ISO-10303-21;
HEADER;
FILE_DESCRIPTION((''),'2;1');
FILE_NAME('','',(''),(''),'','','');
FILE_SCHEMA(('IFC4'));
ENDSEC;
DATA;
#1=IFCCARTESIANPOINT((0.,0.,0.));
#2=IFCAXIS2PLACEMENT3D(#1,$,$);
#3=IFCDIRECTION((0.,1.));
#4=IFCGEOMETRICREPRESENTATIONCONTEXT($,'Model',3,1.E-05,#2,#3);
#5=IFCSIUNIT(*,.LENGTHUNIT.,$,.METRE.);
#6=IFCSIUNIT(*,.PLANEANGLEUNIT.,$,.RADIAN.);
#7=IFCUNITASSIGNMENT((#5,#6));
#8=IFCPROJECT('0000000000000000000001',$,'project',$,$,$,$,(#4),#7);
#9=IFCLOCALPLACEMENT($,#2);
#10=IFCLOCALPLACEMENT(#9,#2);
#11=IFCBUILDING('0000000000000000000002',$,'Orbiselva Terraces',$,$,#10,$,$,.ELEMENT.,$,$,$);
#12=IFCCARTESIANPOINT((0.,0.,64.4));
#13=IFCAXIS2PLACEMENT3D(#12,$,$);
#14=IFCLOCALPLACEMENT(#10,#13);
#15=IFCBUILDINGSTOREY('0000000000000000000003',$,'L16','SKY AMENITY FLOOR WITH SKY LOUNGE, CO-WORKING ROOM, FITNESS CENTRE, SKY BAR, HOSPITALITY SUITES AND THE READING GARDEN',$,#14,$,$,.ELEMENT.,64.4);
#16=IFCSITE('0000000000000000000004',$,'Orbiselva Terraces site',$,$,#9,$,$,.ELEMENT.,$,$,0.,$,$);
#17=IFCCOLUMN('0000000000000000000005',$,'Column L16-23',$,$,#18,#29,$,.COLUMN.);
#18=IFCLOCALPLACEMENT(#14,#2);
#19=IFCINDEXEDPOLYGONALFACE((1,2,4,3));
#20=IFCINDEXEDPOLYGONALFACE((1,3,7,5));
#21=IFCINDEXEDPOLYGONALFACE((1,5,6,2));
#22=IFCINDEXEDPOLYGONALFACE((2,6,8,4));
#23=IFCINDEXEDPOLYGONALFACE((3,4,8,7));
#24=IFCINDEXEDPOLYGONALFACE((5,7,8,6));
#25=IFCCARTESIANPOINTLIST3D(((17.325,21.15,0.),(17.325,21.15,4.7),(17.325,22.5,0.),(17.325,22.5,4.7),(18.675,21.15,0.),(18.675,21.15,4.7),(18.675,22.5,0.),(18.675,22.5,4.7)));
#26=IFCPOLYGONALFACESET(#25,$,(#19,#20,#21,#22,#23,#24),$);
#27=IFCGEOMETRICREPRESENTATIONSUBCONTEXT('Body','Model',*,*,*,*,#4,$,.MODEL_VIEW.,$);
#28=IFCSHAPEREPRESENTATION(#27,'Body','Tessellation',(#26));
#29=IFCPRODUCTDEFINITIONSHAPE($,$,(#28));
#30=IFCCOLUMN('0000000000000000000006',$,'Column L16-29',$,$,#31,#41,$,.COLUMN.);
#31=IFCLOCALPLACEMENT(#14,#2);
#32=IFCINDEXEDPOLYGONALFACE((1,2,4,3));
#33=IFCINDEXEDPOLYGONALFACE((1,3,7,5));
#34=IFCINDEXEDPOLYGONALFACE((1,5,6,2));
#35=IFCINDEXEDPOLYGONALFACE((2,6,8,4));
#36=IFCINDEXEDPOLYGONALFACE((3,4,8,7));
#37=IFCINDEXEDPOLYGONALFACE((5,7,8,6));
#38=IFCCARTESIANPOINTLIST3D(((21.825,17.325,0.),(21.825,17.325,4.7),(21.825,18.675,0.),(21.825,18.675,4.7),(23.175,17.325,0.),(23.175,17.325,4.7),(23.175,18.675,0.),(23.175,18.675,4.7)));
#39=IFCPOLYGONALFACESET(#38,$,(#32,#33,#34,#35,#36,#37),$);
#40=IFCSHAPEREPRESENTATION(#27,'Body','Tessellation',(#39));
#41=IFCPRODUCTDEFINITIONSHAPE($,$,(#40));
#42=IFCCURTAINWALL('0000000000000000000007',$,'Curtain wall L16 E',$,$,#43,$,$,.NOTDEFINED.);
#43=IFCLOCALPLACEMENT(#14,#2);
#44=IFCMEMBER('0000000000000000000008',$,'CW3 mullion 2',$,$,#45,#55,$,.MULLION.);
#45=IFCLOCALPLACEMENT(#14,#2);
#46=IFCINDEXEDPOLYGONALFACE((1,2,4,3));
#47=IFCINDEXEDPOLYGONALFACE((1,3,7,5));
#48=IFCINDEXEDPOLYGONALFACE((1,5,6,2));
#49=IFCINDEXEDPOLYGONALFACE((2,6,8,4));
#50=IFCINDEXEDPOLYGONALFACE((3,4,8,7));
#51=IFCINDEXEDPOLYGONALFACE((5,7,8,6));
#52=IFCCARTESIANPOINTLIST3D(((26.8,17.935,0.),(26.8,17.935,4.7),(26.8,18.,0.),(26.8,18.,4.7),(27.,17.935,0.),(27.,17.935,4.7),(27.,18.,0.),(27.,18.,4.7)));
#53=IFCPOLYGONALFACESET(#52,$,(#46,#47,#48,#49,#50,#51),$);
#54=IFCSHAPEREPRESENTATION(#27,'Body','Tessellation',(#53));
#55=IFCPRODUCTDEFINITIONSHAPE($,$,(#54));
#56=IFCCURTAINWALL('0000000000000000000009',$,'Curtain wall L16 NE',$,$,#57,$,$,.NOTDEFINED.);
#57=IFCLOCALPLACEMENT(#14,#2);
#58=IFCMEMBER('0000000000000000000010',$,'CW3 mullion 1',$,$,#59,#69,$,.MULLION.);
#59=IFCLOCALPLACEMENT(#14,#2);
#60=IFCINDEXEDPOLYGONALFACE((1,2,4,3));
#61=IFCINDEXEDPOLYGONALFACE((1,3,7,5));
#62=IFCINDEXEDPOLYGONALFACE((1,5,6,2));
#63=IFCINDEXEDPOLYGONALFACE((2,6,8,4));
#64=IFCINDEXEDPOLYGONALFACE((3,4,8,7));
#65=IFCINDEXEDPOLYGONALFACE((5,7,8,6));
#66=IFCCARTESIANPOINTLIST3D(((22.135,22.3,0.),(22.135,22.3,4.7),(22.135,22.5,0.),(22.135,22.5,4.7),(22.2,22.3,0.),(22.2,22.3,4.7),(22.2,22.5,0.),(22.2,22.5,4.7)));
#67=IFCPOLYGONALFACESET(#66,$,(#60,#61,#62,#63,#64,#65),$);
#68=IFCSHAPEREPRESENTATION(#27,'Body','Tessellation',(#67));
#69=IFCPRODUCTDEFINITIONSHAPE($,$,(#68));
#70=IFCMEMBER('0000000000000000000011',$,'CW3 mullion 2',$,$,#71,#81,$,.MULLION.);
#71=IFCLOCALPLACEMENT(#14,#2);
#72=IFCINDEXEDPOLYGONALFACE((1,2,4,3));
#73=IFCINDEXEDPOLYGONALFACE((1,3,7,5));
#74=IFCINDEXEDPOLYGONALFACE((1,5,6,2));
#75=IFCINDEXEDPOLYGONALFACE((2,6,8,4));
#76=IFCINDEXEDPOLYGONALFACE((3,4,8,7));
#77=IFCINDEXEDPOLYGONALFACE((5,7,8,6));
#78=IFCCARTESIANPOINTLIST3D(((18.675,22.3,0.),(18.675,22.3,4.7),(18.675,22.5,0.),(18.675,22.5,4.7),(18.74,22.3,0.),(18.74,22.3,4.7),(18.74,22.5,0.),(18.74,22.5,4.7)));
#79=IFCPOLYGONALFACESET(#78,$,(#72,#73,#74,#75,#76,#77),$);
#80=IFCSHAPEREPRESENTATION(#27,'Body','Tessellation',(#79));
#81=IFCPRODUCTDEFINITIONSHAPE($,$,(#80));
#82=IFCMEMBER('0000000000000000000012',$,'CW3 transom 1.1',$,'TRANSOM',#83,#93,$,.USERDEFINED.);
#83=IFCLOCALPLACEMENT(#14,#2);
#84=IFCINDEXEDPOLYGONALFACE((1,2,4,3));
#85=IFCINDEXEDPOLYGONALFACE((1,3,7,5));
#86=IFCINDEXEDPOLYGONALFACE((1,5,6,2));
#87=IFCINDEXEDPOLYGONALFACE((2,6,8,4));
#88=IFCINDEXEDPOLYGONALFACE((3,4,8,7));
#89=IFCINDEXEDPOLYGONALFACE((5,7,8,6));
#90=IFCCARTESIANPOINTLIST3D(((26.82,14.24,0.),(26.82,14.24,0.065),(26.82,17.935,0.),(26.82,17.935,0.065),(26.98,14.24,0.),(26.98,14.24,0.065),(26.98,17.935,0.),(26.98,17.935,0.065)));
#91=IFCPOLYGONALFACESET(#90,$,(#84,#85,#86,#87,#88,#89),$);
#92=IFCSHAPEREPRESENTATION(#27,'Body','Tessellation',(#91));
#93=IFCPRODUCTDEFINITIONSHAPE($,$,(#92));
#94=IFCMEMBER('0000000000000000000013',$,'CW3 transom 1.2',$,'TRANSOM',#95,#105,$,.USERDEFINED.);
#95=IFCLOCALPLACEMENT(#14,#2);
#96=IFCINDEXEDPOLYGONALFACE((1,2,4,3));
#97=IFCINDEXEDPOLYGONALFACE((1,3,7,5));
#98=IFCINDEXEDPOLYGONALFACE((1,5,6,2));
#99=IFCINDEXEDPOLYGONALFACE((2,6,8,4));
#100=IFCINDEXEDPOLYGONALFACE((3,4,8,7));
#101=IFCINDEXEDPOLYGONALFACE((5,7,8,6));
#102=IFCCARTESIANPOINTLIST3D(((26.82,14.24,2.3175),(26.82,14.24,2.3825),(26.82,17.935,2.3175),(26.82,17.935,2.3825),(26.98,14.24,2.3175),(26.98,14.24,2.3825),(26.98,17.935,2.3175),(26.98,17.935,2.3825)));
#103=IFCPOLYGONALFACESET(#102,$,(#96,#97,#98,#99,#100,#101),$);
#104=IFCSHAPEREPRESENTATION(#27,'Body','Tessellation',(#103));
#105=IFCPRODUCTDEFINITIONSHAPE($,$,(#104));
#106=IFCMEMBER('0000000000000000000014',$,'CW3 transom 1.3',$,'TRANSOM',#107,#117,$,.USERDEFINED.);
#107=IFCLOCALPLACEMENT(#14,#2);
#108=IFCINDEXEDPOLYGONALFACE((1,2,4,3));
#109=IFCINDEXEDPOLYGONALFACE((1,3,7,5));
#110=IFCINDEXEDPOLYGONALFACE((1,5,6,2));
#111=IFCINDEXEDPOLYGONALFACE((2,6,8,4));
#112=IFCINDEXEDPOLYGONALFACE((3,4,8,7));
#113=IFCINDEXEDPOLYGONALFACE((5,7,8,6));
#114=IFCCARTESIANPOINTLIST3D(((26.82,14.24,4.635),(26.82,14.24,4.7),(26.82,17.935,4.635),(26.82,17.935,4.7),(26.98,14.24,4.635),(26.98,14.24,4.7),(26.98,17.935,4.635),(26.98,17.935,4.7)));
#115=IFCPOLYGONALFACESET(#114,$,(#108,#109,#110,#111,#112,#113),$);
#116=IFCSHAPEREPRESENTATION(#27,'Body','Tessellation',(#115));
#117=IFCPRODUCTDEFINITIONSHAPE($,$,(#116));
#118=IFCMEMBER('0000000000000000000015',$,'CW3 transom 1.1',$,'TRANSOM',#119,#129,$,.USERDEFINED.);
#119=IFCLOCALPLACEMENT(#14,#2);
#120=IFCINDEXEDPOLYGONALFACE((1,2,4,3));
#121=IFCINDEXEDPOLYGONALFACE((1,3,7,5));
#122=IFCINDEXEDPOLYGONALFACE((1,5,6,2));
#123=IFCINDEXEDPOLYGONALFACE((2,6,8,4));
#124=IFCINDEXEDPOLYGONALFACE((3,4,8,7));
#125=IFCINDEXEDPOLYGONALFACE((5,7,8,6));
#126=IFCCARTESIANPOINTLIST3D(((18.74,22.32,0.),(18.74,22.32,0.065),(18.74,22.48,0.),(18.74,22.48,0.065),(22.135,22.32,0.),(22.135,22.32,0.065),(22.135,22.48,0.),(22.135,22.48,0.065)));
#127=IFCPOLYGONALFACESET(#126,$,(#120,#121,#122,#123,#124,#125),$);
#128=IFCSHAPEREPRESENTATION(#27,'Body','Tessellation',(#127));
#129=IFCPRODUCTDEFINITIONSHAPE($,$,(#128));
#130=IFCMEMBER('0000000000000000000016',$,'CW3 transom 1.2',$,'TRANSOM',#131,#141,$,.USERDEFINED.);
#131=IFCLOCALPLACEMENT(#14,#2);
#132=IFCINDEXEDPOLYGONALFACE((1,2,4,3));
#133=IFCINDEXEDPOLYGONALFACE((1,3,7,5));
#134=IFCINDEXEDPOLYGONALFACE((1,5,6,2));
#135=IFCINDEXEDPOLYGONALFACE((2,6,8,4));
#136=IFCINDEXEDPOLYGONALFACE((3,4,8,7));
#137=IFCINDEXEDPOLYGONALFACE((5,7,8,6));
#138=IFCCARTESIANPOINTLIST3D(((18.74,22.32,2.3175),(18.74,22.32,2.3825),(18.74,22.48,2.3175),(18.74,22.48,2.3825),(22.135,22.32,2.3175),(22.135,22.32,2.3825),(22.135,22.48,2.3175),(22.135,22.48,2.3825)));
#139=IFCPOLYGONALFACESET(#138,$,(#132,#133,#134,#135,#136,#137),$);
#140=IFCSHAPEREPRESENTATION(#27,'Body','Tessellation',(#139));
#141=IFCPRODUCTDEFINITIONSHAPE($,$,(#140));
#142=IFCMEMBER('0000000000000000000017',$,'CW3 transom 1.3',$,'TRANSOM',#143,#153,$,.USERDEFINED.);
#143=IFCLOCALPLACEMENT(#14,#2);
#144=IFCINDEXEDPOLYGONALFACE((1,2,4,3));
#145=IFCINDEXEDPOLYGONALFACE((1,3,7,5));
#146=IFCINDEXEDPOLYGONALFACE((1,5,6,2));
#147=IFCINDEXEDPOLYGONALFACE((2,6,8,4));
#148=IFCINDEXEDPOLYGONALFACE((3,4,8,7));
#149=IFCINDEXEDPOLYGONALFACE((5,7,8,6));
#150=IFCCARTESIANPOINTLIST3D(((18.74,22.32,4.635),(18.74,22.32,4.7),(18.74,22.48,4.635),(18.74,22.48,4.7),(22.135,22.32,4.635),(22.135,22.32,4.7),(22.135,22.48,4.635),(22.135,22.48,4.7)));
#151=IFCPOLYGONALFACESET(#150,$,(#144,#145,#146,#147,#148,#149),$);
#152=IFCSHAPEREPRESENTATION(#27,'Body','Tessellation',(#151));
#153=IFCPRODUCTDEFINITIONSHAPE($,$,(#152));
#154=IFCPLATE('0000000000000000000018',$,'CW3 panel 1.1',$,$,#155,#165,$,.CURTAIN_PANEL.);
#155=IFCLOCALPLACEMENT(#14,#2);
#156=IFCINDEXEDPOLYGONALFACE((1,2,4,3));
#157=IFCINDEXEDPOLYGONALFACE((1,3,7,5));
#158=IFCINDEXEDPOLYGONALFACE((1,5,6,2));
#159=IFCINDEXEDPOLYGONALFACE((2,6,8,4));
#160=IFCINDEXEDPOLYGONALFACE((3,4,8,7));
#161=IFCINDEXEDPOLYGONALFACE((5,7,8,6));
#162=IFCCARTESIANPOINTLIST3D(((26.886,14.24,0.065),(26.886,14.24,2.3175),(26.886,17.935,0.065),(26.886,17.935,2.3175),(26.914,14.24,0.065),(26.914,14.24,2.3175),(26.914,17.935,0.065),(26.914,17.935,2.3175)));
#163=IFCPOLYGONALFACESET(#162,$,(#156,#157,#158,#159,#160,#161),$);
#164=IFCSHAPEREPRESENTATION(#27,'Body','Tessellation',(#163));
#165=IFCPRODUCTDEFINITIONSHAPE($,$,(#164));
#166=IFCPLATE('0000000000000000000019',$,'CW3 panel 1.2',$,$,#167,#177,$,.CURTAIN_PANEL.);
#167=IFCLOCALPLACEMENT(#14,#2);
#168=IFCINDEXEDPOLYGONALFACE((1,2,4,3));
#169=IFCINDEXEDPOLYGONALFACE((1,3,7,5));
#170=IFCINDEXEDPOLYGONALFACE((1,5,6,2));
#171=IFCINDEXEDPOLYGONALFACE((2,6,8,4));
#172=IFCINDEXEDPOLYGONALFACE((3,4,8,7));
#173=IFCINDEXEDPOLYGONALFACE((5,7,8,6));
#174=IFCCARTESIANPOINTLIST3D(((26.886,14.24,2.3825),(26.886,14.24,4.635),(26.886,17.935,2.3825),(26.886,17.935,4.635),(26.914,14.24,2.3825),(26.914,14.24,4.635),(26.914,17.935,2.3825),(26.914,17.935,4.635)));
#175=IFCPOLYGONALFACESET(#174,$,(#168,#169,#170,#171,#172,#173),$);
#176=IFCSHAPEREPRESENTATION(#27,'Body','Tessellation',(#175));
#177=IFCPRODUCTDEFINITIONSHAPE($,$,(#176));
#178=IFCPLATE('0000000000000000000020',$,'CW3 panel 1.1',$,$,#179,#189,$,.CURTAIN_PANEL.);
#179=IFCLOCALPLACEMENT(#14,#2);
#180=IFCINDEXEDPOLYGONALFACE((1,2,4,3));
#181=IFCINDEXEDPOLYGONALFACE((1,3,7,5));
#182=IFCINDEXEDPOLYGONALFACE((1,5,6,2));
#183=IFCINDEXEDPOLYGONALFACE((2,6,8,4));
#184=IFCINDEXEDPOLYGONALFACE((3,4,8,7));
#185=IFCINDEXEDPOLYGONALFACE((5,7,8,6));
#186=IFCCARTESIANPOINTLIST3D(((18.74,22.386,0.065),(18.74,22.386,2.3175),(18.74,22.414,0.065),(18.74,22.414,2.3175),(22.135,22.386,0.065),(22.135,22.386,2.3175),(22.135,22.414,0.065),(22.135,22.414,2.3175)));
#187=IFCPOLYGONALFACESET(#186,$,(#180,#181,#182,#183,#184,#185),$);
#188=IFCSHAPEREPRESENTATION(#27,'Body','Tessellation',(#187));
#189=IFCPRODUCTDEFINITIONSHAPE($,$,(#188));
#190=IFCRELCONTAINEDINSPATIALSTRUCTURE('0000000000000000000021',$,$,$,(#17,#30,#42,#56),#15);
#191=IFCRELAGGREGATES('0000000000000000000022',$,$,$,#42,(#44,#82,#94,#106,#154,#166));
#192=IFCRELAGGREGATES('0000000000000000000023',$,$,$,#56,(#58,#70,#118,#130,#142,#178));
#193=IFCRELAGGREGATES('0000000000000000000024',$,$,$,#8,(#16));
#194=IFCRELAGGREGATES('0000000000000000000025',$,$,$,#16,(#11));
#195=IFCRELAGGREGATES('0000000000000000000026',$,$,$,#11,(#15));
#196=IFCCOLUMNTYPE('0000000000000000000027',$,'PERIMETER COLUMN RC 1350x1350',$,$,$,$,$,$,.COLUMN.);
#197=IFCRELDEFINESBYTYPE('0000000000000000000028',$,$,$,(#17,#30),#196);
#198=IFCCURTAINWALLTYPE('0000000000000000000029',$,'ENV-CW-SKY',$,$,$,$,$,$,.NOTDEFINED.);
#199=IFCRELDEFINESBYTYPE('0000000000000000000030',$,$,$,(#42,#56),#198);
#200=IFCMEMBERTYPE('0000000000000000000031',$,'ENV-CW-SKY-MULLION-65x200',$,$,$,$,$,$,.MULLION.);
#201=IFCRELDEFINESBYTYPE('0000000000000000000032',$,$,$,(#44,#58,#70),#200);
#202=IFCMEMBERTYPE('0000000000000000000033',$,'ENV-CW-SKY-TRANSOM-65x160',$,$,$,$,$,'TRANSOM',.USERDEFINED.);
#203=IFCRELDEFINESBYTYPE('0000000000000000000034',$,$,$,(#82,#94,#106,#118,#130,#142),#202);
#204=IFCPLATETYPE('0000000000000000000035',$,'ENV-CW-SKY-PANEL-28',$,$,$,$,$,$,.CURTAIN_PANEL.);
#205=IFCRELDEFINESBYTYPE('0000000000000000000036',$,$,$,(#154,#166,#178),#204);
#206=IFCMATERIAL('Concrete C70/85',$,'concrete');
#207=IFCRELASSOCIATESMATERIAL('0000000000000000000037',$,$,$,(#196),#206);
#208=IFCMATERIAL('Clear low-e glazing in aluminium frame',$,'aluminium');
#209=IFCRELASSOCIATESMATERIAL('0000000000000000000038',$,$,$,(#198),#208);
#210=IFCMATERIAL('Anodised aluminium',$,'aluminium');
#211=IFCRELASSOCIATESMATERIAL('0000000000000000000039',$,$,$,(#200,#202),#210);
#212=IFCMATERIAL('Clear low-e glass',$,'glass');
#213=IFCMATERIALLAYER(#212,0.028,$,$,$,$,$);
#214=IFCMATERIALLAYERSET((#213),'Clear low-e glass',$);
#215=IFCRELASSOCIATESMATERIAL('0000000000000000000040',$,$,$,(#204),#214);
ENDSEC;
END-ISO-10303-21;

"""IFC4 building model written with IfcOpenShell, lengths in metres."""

from ifc_helpers import new_model, si_unit, direction, frame, origin, origin_2d, place, context, subcontext, project, spatial, rectangle, extrude, material, layer, layer_set, material_profile, profile_set, type_object, element, aggregate, save


model = new_model("IFC4")

# Units and contexts
model_context = context("Model", 3, precision=1e-05, world=origin(), true_north=direction((0.0, 1.0)))
body_context = subcontext(model_context, "Body", "Model", "MODEL_VIEW")
ifc_project = project(units=[si_unit("LENGTHUNIT", "METRE"), si_unit("PLANEANGLEUNIT", "RADIAN")], contexts=[model_context])

# Site, building, storey
site_placement = place(None, origin())
site = spatial("IfcSite", under=ifc_project, at=site_placement, Name="Orbiselva Terraces site", CompositionType="ELEMENT", RefElevation=0.0)
building_placement = place(site_placement, origin())
building = spatial("IfcBuilding", under=site, at=building_placement, Name="Orbiselva Terraces", CompositionType="ELEMENT")
storey_placement = place(building_placement, frame((0.0, 0.0, 64.4)))
storey = spatial("IfcBuildingStorey", under=building, at=storey_placement, Name="L16", Description="SKY AMENITY FLOOR WITH SKY LOUNGE, CO-WORKING ROOM, FITNESS CENTRE, SKY BAR, HOSPITALITY SUITES AND THE READING GARDEN", CompositionType="ELEMENT", Elevation=64.4)

# Columns
ifc_material_1 = material(Name="Concrete C70/85", Category="concrete")
ifc_material_profile_1 = material_profile(ifc_material_1, rectangle(XDim=1.35, YDim=1.35, at=origin_2d()), Name="RC 1350x1350")
ifc_profile_set_1 = profile_set([ifc_material_profile_1], Name="Concrete C70/85")
column_type = type_object("IfcColumnType", Name="PERIMETER COLUMN RC 1350x1350", PredefinedType="COLUMN", material=ifc_profile_set_1)
for number, where, z_axis, x_axis, name in (
    (1, (18.0, 21.825, 0.0), (0.0, 0.0, 1.0), (1.0, 0.0, 0.0), "Column L16-23"),
    (2, (22.5, 18.0, 0.0), (0.0, 0.0, 1.0), (1.0, 0.0, 0.0), "Column L16-29"),
):
    element("IfcColumn", number, at=place(storey_placement, frame(where, z_axis=z_axis, x_axis=x_axis)), inside=storey, type_object=column_type, Name=name, PredefinedType="COLUMN", context=body_context, shape_type="SweptSolid", body=[
        extrude(rectangle(XDim=1.35, YDim=1.35, at=origin_2d()), origin(), (0.0, 0.0, 1.0), 4.7),
    ])

# Curtain wall, member
ifc_material_2 = material(Name="Clear low-e glazing in aluminium frame", Category="aluminium")
curtain_wall_type = type_object("IfcCurtainWallType", Name="ENV-CW-SKY", PredefinedType="NOTDEFINED", material=ifc_material_2)
curtain_wall_1_placement = place(storey_placement, origin())
curtain_wall_1 = element("IfcCurtainWall", 3, at=curtain_wall_1_placement, inside=storey, type_object=curtain_wall_type, Name="Curtain wall L16 E", PredefinedType="NOTDEFINED")
ifc_material_3 = material(Name="Anodised aluminium", Category="aluminium")
ifc_material_profile_2 = material_profile(ifc_material_3, rectangle(XDim=0.2, YDim=0.065, at=origin_2d()), Name="AL 65x200")
ifc_profile_set_2 = profile_set([ifc_material_profile_2], Name="Anodised aluminium")
member_type_1 = type_object("IfcMemberType", Name="ENV-CW-SKY-MULLION-65x200", PredefinedType="MULLION", material=ifc_profile_set_2)
member_1_placement = place(storey_placement, frame((26.9, 17.9675, 0.0), z_axis=(0.0, 0.0, 1.0), x_axis=(-1.0, 0.0, 0.0)))
member_1 = element("IfcMember", 4, at=member_1_placement, type_object=member_type_1, Name="CW3 mullion 2", PredefinedType="MULLION", context=body_context, shape_type="SweptSolid", body=[
    extrude(rectangle(XDim=0.2, YDim=0.065, at=origin_2d()), origin(), (0.0, 0.0, 1.0), 4.7),
])

# Curtain wall, members
curtain_wall_2_placement = place(storey_placement, origin())
curtain_wall_2 = element("IfcCurtainWall", 5, at=curtain_wall_2_placement, inside=storey, type_object=curtain_wall_type, Name="Curtain wall L16 NE", PredefinedType="NOTDEFINED")
member_2_placement = place(storey_placement, frame((22.1675, 22.4, 0.0), z_axis=(0.0, 0.0, 1.0), x_axis=(0.0, -1.0, 0.0)))
member_2 = element("IfcMember", 6, at=member_2_placement, type_object=member_type_1, Name="CW3 mullion 1", PredefinedType="MULLION", context=body_context, shape_type="SweptSolid", body=[
    extrude(rectangle(XDim=0.2, YDim=0.065, at=origin_2d()), origin(), (0.0, 0.0, 1.0), 4.7),
])
member_3_placement = place(storey_placement, frame((18.7075, 22.4, 0.0), z_axis=(0.0, 0.0, 1.0), x_axis=(0.0, -1.0, 0.0)))
member_3 = element("IfcMember", 7, at=member_3_placement, type_object=member_type_1, Name="CW3 mullion 2", PredefinedType="MULLION", context=body_context, shape_type="SweptSolid", body=[
    extrude(rectangle(XDim=0.2, YDim=0.065, at=origin_2d()), origin(), (0.0, 0.0, 1.0), 4.7),
])

# Members
ifc_material_profile_3 = material_profile(ifc_material_3, rectangle(XDim=0.16, YDim=0.065, at=origin_2d()), Name="AL 65x160")
ifc_profile_set_3 = profile_set([ifc_material_profile_3], Name="Anodised aluminium")
member_type_2 = type_object("IfcMemberType", Name="ENV-CW-SKY-TRANSOM-65x160", ElementType="TRANSOM", PredefinedType="USERDEFINED", material=ifc_profile_set_3)
member_4_placement = place(storey_placement, frame((26.9, 14.24, 0.0325), z_axis=(0.0, 1.0, 0.0), x_axis=(-1.0, 0.0, 0.0)))
member_4 = element("IfcMember", 8, at=member_4_placement, type_object=member_type_2, Name="CW3 transom 1.1", ObjectType="TRANSOM", PredefinedType="USERDEFINED", context=body_context, shape_type="SweptSolid", body=[
    extrude(rectangle(XDim=0.16, YDim=0.065, at=origin_2d()), origin(), (0.0, 0.0, 1.0), 3.695),
])
member_5_placement = place(storey_placement, frame((26.9, 14.24, 2.35), z_axis=(0.0, 1.0, 0.0), x_axis=(-1.0, 0.0, 0.0)))
member_5 = element("IfcMember", 9, at=member_5_placement, type_object=member_type_2, Name="CW3 transom 1.2", ObjectType="TRANSOM", PredefinedType="USERDEFINED", context=body_context, shape_type="SweptSolid", body=[
    extrude(rectangle(XDim=0.16, YDim=0.065, at=origin_2d()), origin(), (0.0, 0.0, 1.0), 3.695),
])
member_6_placement = place(storey_placement, frame((26.9, 14.24, 4.6675), z_axis=(0.0, 1.0, 0.0), x_axis=(-1.0, 0.0, 0.0)))
member_6 = element("IfcMember", 10, at=member_6_placement, type_object=member_type_2, Name="CW3 transom 1.3", ObjectType="TRANSOM", PredefinedType="USERDEFINED", context=body_context, shape_type="SweptSolid", body=[
    extrude(rectangle(XDim=0.16, YDim=0.065, at=origin_2d()), origin(), (0.0, 0.0, 1.0), 3.695),
])
member_7_placement = place(storey_placement, frame((22.135, 22.4, 0.0325), z_axis=(-1.0, 0.0, 0.0), x_axis=(0.0, -1.0, 0.0)))
member_7 = element("IfcMember", 11, at=member_7_placement, type_object=member_type_2, Name="CW3 transom 1.1", ObjectType="TRANSOM", PredefinedType="USERDEFINED", context=body_context, shape_type="SweptSolid", body=[
    extrude(rectangle(XDim=0.16, YDim=0.065, at=origin_2d()), origin(), (0.0, 0.0, 1.0), 3.395),
])
member_8_placement = place(storey_placement, frame((22.135, 22.4, 2.35), z_axis=(-1.0, 0.0, 0.0), x_axis=(0.0, -1.0, 0.0)))
member_8 = element("IfcMember", 12, at=member_8_placement, type_object=member_type_2, Name="CW3 transom 1.2", ObjectType="TRANSOM", PredefinedType="USERDEFINED", context=body_context, shape_type="SweptSolid", body=[
    extrude(rectangle(XDim=0.16, YDim=0.065, at=origin_2d()), origin(), (0.0, 0.0, 1.0), 3.395),
])
member_9_placement = place(storey_placement, frame((22.135, 22.4, 4.6675), z_axis=(-1.0, 0.0, 0.0), x_axis=(0.0, -1.0, 0.0)))
member_9 = element("IfcMember", 13, at=member_9_placement, type_object=member_type_2, Name="CW3 transom 1.3", ObjectType="TRANSOM", PredefinedType="USERDEFINED", context=body_context, shape_type="SweptSolid", body=[
    extrude(rectangle(XDim=0.16, YDim=0.065, at=origin_2d()), origin(), (0.0, 0.0, 1.0), 3.395),
])

# Plates
ifc_material_4 = material(Name="Clear low-e glass", Category="glass")
ifc_layer_1 = layer(ifc_material_4, 0.028)
ifc_layer_set_1 = layer_set([ifc_layer_1], Name="Clear low-e glass")
plate_type = type_object("IfcPlateType", Name="ENV-CW-SKY-PANEL-28", PredefinedType="CURTAIN_PANEL", material=ifc_layer_set_1)
plate_1_placement = place(storey_placement, frame((26.9, 16.0875, 0.065), z_axis=(0.0, 0.0, 1.0), x_axis=(0.0, 1.0, 0.0)))
plate_1 = element("IfcPlate", 14, at=plate_1_placement, type_object=plate_type, Name="CW3 panel 1.1", PredefinedType="CURTAIN_PANEL", context=body_context, shape_type="SweptSolid", body=[
    extrude(rectangle(XDim=3.695, YDim=0.028, at=origin_2d()), origin(), (0.0, 0.0, 1.0), 2.2525),
])
plate_2_placement = place(storey_placement, frame((26.9, 16.0875, 2.3825), z_axis=(0.0, 0.0, 1.0), x_axis=(0.0, 1.0, 0.0)))
plate_2 = element("IfcPlate", 15, at=plate_2_placement, type_object=plate_type, Name="CW3 panel 1.2", PredefinedType="CURTAIN_PANEL", context=body_context, shape_type="SweptSolid", body=[
    extrude(rectangle(XDim=3.695, YDim=0.028, at=origin_2d()), origin(), (0.0, 0.0, 1.0), 2.2525),
])
aggregate(curtain_wall_1, [member_1, member_4, member_5, member_6, plate_1, plate_2])
plate_3_placement = place(storey_placement, frame((20.4375, 22.4, 0.065), z_axis=(0.0, 0.0, 1.0), x_axis=(-1.0, 0.0, 0.0)))
plate_3 = element("IfcPlate", 16, at=plate_3_placement, type_object=plate_type, Name="CW3 panel 1.1", PredefinedType="CURTAIN_PANEL", context=body_context, shape_type="SweptSolid", body=[
    extrude(rectangle(XDim=3.395, YDim=0.028, at=origin_2d()), origin(), (0.0, 0.0, 1.0), 2.2525),
])
aggregate(curtain_wall_2, [member_2, member_3, member_7, member_8, member_9, plate_3])

save(model, "model.ifc")
